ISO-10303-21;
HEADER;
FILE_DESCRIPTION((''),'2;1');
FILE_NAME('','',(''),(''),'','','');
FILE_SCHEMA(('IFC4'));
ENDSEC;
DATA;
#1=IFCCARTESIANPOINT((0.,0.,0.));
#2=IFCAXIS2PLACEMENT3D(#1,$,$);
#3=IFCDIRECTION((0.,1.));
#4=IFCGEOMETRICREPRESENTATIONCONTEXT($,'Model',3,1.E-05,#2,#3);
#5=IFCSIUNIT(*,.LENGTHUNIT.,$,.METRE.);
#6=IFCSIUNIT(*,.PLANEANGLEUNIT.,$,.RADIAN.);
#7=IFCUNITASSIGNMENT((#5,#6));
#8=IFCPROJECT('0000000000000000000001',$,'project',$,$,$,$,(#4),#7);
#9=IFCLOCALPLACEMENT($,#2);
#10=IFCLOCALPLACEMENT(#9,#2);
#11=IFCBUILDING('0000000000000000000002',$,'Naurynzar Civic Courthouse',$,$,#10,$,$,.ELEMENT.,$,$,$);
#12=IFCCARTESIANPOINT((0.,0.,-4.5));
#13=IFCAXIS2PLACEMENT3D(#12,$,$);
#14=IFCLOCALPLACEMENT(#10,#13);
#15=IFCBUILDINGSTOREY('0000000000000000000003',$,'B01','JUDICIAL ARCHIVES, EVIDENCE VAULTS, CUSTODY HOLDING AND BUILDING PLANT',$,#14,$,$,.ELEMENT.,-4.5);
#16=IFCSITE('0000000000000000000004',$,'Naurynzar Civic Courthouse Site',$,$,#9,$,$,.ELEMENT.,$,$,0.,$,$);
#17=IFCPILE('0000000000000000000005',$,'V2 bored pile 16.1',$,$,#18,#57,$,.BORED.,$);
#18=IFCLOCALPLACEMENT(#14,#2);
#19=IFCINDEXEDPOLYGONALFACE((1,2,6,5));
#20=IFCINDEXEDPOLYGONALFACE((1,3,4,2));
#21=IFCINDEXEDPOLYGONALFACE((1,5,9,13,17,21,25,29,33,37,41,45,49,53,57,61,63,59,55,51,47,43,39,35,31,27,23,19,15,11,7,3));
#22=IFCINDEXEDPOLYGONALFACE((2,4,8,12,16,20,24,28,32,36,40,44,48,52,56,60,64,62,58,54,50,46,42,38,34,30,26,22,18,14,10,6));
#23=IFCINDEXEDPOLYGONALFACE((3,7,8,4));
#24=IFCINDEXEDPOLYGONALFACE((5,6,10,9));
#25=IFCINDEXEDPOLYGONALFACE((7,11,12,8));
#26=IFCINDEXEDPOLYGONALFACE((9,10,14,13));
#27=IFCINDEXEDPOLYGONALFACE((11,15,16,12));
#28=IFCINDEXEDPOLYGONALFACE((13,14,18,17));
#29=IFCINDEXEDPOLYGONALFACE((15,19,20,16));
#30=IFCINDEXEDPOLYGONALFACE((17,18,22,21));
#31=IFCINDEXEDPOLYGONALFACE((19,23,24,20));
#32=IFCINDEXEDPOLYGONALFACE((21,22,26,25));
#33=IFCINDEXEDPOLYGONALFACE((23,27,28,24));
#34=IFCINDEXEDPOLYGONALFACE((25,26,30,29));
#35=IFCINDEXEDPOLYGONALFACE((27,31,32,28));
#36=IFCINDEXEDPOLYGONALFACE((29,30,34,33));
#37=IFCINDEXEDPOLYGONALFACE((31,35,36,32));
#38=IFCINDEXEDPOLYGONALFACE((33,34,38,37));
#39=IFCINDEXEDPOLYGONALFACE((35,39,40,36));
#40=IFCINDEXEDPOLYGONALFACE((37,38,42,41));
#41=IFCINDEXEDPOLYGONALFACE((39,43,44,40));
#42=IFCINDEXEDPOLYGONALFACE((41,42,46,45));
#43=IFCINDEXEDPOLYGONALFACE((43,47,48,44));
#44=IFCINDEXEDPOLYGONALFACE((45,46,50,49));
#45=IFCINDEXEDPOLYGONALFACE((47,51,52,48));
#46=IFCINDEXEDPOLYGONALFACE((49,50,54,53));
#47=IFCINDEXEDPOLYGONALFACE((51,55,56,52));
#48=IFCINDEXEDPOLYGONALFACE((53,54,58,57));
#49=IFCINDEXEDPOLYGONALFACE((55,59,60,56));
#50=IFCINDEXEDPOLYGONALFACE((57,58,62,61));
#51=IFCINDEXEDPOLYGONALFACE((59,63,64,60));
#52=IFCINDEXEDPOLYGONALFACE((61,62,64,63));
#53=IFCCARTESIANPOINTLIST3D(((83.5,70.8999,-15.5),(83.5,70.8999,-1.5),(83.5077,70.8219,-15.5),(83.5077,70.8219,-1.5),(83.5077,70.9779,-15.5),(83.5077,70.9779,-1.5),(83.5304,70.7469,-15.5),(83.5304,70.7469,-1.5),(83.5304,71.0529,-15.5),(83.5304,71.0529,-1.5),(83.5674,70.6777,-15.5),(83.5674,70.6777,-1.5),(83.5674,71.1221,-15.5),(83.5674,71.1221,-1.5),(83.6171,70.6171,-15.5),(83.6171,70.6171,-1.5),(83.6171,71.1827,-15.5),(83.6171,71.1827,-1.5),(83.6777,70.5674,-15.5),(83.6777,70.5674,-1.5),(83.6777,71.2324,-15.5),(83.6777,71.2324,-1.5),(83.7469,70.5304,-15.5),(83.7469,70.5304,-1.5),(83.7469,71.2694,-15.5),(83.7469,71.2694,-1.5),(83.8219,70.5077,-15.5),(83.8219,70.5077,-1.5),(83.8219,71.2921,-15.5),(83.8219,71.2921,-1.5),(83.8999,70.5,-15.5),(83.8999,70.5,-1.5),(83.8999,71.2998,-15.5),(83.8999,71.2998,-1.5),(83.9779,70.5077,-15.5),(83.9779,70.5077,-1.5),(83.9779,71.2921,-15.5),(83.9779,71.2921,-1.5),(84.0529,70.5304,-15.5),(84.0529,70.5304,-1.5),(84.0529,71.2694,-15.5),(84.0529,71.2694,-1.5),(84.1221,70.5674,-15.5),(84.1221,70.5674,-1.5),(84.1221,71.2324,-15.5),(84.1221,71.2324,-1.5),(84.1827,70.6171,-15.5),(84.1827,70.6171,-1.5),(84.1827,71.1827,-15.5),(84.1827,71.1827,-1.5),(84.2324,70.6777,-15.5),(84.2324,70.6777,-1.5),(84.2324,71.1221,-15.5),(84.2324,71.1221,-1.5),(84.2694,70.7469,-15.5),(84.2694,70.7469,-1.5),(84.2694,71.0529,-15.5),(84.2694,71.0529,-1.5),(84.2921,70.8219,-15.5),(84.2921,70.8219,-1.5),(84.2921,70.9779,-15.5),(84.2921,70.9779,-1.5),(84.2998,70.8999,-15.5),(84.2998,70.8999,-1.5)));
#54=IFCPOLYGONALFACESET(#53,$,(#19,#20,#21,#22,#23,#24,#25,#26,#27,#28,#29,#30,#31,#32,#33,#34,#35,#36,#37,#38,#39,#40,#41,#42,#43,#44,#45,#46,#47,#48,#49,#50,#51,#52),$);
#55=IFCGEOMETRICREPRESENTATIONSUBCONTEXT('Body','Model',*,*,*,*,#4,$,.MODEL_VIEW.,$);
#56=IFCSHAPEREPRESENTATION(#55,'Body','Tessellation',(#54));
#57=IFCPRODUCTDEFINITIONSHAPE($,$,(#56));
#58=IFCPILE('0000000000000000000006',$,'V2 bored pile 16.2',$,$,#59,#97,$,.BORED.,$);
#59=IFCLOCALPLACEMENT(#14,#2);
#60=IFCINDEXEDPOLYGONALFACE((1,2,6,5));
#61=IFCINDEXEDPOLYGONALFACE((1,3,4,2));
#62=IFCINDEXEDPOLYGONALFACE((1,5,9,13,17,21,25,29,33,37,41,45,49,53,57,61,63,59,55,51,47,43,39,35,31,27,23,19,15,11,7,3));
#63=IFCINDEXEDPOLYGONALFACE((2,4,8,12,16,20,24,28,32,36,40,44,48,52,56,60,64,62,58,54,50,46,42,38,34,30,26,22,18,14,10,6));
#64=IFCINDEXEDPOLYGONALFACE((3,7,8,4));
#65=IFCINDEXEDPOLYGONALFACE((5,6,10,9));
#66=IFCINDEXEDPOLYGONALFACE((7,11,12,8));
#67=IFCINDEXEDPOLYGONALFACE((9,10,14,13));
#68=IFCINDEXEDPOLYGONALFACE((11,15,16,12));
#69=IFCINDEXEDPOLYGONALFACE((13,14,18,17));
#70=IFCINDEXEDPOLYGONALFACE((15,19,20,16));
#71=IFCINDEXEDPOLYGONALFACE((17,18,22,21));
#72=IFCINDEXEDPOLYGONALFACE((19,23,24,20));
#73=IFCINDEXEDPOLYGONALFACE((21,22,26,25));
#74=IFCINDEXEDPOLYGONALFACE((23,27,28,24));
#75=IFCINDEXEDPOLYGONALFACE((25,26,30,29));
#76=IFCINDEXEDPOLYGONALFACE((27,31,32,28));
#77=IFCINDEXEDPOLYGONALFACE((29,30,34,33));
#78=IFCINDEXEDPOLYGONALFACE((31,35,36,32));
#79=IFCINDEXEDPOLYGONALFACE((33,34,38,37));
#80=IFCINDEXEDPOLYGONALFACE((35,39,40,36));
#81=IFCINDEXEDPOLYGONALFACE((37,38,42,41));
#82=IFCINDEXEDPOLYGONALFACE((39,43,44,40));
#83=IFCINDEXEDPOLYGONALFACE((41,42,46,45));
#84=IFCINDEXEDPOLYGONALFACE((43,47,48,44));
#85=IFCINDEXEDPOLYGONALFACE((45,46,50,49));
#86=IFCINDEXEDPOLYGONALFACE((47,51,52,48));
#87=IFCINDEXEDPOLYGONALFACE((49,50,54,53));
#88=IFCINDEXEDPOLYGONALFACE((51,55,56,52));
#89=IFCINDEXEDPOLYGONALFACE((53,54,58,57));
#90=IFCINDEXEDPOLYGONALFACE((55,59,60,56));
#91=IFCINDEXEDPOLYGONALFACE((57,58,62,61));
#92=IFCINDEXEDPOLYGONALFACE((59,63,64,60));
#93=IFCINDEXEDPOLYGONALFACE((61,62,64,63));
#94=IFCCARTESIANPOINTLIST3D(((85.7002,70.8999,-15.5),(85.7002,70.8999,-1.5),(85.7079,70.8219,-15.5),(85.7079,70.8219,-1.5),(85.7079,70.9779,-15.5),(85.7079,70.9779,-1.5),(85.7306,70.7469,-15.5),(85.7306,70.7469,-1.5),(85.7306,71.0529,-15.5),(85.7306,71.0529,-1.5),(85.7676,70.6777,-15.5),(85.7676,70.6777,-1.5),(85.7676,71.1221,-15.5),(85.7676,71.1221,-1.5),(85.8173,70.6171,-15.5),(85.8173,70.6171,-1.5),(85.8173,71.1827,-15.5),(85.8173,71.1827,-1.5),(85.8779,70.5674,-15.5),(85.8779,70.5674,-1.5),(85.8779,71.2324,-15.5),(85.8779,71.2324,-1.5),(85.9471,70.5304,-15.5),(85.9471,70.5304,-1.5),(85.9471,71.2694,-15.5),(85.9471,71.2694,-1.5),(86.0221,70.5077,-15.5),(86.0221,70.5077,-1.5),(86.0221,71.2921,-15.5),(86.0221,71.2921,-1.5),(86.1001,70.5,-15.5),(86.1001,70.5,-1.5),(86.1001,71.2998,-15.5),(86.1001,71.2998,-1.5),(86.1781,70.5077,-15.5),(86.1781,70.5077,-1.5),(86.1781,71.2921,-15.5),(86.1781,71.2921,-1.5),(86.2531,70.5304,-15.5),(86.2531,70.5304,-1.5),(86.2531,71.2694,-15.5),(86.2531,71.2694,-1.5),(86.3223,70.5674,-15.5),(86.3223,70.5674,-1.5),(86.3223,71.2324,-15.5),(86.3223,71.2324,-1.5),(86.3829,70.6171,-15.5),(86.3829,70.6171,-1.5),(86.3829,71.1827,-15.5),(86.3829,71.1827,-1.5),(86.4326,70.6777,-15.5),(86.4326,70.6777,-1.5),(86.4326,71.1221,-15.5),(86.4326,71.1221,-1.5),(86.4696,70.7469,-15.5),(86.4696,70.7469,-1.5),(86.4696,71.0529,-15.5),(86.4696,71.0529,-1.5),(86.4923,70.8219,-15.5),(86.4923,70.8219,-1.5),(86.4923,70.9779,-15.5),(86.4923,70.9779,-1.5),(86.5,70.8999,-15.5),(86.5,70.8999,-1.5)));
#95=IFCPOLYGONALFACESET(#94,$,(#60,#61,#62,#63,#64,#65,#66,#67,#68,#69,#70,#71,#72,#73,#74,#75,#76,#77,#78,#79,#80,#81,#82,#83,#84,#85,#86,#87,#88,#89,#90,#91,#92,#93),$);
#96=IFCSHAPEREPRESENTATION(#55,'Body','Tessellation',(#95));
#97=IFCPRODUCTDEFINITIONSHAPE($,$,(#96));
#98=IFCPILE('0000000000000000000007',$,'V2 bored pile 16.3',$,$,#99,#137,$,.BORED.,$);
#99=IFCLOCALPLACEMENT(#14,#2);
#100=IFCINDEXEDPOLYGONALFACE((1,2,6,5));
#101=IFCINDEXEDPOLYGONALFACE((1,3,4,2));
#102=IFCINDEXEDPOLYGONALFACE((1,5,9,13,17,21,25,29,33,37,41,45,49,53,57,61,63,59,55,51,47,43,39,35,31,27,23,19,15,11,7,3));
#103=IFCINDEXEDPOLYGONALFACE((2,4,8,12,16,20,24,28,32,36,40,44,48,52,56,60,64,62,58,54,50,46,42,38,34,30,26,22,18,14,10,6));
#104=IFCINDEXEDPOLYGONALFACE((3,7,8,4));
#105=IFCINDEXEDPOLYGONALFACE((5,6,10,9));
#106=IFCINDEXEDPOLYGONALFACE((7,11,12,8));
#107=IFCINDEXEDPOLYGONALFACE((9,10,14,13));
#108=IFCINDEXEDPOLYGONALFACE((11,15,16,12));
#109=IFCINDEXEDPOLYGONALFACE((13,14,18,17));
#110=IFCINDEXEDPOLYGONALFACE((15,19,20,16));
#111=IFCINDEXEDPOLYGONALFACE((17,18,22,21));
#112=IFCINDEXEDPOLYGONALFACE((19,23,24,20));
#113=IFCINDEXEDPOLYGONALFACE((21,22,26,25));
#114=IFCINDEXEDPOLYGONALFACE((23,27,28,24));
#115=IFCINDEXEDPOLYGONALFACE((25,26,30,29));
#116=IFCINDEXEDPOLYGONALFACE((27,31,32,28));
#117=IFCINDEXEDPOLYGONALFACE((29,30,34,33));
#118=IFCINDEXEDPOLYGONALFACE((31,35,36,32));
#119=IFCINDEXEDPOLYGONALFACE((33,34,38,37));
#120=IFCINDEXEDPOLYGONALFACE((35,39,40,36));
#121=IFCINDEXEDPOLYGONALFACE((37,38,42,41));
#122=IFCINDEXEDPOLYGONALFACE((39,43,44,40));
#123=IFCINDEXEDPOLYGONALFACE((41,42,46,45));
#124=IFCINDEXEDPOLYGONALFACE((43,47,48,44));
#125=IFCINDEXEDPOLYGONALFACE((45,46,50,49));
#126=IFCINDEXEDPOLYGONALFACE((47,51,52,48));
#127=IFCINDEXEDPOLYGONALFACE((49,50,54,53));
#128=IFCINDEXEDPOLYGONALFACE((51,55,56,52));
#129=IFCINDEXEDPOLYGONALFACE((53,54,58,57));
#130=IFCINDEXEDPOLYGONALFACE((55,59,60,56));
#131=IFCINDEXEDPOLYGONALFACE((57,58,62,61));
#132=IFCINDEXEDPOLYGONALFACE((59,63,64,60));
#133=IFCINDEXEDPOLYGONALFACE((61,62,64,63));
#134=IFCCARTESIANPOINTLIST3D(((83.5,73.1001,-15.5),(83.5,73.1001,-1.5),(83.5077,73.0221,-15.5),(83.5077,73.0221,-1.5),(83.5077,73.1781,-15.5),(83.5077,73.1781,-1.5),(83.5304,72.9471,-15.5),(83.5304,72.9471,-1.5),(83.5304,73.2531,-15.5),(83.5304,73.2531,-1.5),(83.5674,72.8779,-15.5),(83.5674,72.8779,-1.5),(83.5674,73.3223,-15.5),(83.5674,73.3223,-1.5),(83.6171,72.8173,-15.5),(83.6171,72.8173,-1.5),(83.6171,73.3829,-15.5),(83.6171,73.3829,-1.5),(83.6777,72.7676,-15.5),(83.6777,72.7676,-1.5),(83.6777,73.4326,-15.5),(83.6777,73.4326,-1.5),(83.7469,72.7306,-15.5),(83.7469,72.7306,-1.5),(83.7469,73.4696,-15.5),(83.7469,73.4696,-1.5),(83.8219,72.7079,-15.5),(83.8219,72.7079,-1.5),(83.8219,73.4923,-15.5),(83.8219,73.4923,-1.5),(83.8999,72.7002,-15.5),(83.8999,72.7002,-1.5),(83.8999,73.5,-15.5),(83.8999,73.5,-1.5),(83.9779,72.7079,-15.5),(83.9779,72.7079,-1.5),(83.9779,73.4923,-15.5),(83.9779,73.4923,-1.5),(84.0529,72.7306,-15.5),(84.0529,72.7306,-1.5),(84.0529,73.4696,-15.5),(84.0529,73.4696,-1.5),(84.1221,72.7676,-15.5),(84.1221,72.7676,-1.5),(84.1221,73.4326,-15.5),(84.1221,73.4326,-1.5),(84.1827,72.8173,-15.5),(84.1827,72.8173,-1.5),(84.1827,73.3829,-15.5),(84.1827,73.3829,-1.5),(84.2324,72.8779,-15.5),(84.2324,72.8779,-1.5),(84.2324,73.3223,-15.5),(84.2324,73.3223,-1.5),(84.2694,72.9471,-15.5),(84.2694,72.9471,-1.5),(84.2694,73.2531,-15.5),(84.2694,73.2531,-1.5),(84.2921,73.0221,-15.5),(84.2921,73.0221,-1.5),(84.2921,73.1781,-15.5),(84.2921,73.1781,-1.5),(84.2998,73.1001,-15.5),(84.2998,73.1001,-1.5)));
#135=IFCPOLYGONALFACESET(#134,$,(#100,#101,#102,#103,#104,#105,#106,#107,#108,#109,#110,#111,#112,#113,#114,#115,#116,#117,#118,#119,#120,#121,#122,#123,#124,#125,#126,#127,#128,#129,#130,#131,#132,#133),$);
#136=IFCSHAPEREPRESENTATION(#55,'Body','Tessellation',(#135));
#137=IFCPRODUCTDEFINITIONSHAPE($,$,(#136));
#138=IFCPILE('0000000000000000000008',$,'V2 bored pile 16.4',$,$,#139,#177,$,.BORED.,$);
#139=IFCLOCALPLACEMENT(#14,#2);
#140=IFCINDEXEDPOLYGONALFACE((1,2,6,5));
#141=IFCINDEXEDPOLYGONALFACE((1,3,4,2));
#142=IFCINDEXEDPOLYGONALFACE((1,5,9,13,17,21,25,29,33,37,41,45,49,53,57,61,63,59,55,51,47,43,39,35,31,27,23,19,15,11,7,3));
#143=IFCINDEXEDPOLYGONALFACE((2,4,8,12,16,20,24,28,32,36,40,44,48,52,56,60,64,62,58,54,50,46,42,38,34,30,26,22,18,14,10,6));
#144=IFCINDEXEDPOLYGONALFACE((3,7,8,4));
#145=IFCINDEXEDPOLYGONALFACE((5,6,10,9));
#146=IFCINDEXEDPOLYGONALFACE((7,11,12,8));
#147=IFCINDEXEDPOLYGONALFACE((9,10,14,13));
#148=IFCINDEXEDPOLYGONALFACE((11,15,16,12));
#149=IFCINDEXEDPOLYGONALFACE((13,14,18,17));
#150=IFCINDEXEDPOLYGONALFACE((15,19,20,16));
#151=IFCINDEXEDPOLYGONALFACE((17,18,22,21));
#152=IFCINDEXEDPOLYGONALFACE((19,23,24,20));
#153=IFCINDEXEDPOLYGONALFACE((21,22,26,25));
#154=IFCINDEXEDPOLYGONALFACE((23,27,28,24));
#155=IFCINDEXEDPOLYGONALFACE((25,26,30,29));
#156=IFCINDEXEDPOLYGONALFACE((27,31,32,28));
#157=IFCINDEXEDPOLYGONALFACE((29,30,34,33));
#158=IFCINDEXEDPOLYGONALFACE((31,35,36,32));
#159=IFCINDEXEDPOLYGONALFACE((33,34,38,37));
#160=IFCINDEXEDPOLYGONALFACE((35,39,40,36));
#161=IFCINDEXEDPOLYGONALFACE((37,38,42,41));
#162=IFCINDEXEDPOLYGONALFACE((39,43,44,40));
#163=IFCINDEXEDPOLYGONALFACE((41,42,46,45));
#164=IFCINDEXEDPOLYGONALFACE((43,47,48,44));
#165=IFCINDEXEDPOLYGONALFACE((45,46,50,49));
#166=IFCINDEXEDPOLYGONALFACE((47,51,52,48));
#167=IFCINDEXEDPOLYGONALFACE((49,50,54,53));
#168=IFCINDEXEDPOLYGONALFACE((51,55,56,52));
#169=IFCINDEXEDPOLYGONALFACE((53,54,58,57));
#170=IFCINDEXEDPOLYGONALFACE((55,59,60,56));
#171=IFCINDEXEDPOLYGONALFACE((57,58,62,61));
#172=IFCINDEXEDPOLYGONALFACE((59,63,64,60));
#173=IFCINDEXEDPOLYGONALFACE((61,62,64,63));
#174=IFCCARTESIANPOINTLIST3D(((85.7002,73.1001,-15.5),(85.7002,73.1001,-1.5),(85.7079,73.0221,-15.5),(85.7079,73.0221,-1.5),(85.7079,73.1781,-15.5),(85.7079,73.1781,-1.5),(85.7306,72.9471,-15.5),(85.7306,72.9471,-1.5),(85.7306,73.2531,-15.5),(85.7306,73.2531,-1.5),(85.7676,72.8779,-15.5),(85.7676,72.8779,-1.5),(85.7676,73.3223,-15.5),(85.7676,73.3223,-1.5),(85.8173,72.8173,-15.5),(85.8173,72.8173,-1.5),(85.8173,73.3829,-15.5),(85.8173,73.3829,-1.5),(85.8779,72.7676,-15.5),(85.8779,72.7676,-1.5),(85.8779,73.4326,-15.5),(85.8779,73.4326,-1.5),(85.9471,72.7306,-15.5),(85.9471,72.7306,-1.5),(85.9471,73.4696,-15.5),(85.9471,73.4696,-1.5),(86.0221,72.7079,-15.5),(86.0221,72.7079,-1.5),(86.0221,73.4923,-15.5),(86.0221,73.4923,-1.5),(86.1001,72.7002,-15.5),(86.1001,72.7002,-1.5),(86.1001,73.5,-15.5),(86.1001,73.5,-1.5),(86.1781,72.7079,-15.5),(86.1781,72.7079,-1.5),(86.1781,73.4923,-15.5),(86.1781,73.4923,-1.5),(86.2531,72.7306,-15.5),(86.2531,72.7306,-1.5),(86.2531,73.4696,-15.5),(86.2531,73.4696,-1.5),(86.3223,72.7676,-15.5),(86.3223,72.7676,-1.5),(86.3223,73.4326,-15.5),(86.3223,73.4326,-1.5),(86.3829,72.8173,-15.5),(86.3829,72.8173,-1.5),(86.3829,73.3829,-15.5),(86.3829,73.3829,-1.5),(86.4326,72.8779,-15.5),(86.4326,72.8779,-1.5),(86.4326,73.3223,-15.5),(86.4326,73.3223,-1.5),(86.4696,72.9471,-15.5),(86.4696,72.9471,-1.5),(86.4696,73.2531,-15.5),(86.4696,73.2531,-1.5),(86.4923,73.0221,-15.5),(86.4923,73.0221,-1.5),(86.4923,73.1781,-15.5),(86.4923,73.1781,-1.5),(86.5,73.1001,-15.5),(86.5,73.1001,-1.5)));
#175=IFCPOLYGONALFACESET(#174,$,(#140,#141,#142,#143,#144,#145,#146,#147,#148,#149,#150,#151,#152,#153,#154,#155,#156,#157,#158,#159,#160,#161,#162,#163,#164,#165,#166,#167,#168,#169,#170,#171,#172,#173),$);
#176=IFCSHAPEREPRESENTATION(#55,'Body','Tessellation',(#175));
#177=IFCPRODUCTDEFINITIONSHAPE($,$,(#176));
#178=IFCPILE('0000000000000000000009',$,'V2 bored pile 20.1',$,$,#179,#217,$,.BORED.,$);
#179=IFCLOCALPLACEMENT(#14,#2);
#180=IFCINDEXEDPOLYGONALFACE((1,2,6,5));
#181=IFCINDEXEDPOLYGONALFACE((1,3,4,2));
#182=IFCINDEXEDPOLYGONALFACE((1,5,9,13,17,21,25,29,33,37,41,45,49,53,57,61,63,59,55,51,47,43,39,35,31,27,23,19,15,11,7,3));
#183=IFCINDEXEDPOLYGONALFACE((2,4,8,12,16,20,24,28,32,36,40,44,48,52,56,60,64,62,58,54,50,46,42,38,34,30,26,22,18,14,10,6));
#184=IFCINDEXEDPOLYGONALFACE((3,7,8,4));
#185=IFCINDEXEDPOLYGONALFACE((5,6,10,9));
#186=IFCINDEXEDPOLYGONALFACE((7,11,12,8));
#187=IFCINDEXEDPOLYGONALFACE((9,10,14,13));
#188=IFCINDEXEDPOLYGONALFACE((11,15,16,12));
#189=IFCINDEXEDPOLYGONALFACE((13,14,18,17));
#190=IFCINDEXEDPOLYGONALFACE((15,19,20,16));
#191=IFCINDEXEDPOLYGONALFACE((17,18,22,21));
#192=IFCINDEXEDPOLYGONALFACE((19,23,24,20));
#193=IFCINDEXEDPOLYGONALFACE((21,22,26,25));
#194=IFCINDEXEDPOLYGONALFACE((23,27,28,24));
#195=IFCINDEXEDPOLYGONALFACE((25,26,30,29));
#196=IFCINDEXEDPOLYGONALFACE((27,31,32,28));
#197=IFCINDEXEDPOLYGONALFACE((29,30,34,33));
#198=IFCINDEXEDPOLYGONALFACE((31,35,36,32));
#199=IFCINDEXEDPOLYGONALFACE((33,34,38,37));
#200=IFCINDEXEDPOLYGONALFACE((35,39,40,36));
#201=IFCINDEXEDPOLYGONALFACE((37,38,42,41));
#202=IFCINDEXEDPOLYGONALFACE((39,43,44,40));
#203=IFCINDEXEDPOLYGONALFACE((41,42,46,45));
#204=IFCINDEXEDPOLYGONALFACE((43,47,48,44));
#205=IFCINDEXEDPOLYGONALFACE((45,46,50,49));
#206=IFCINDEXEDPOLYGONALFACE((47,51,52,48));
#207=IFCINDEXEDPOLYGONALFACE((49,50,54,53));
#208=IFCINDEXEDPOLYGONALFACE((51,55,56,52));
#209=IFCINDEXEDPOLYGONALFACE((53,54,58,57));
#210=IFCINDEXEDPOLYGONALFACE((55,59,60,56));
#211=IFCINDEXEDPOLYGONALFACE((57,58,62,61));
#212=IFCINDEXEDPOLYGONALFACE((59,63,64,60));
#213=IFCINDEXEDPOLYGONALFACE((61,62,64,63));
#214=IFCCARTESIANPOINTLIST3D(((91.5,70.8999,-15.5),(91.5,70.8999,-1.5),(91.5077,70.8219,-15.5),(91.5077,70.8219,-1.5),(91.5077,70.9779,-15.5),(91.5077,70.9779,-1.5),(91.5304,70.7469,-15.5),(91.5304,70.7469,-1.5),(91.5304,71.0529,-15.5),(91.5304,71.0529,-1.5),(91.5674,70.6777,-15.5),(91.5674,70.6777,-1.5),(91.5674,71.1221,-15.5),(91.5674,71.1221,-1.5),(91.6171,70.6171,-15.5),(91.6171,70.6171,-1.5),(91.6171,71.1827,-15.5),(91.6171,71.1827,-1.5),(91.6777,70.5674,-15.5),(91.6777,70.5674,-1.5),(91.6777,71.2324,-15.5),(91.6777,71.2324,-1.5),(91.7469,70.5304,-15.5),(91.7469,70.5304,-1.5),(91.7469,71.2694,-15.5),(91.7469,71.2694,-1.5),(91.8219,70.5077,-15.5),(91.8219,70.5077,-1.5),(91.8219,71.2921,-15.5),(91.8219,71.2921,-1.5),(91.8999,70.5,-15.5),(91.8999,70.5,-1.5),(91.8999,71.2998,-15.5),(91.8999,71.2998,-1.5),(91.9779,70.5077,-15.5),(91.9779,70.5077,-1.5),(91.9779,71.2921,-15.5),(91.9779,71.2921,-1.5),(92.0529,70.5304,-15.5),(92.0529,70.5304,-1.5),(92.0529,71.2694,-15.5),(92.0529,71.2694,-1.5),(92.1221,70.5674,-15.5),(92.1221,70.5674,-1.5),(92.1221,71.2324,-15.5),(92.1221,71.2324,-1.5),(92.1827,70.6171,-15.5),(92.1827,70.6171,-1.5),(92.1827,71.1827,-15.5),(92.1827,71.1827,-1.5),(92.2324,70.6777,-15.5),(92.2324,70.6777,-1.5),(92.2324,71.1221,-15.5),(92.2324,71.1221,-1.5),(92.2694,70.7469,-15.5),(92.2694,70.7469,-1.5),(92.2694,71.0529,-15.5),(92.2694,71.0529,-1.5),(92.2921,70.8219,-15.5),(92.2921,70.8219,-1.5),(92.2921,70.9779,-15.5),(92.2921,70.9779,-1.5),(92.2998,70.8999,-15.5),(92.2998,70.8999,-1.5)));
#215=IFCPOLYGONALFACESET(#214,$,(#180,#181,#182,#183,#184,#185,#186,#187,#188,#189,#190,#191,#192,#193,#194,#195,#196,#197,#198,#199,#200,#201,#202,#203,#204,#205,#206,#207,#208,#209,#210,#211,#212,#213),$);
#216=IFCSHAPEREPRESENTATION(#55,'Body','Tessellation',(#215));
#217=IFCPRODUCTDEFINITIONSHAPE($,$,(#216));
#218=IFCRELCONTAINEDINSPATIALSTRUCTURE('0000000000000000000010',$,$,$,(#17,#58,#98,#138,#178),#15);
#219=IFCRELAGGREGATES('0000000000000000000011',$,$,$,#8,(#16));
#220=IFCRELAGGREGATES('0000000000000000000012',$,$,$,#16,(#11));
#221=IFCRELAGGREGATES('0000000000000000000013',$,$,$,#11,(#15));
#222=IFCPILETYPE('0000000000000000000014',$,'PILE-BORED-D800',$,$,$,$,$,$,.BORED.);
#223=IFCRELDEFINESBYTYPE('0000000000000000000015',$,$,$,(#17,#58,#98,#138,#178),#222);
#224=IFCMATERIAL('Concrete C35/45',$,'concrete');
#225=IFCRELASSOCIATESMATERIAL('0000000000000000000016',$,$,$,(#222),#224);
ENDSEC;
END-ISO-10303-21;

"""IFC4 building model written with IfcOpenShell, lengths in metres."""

from ifc_helpers import new_model, si_unit, direction, frame, origin, origin_2d, place, context, subcontext, project, spatial, circle, extrude, material, material_profile, profile_set, type_object, element, save


model = new_model("IFC4")

# Units and contexts
model_context = context("Model", 3, precision=1e-05, world=origin(), true_north=direction((0.0, 1.0)))
body_context = subcontext(model_context, "Body", "Model", "MODEL_VIEW")
ifc_project = project(units=[si_unit("LENGTHUNIT", "METRE"), si_unit("PLANEANGLEUNIT", "RADIAN")], contexts=[model_context])

# Site, building, storey
site_placement = place(None, origin())
site = spatial("IfcSite", under=ifc_project, at=site_placement, Name="Naurynzar Civic Courthouse Site", CompositionType="ELEMENT", RefElevation=0.0)
building_placement = place(site_placement, origin())
building = spatial("IfcBuilding", under=site, at=building_placement, Name="Naurynzar Civic Courthouse", CompositionType="ELEMENT")
storey_placement = place(building_placement, frame((0.0, 0.0, -4.5)))
storey = spatial("IfcBuildingStorey", under=building, at=storey_placement, Name="B01", Description="JUDICIAL ARCHIVES, EVIDENCE VAULTS, CUSTODY HOLDING AND BUILDING PLANT", CompositionType="ELEMENT", Elevation=-4.5)

# Piles
ifc_material_1 = material(Name="Concrete C35/45", Category="concrete")
ifc_material_profile_1 = material_profile(ifc_material_1, circle(Radius=0.3999, at=origin_2d()), Name="PILE D800")
ifc_profile_set_1 = profile_set([ifc_material_profile_1], Name="Concrete C35/45")
pile_type_1 = type_object("IfcPileType", Name="PILE-BORED-D800", PredefinedType="BORED", material=ifc_profile_set_1)
for number, where, z_axis, x_axis, name in (
    (1, (83.8999, 70.8999, -1.5), (0.0, 0.0, -1.0), (1.0, 0.0, 0.0), "V2 bored pile 16.1"),
    (2, (86.1001, 70.8999, -1.5), (0.0, 0.0, -1.0), (1.0, 0.0, 0.0), "V2 bored pile 16.2"),
    (3, (83.8999, 73.1001, -1.5), (0.0, 0.0, -1.0), (1.0, 0.0, 0.0), "V2 bored pile 16.3"),
    (4, (86.1001, 73.1001, -1.5), (0.0, 0.0, -1.0), (1.0, 0.0, 0.0), "V2 bored pile 16.4"),
    (5, (91.8999, 70.8999, -1.5), (0.0, 0.0, -1.0), (1.0, 0.0, 0.0), "V2 bored pile 20.1"),
):
    element("IfcPile", number, at=place(storey_placement, frame(where, z_axis=z_axis, x_axis=x_axis)), inside=storey, type_object=pile_type_1, Name=name, PredefinedType="BORED", context=body_context, shape_type="SweptSolid", body=[
        extrude(circle(Radius=0.3999, at=origin_2d()), origin(), (0.0, 0.0, 1.0), 14.0),
    ])

save(model, "model.ifc")
